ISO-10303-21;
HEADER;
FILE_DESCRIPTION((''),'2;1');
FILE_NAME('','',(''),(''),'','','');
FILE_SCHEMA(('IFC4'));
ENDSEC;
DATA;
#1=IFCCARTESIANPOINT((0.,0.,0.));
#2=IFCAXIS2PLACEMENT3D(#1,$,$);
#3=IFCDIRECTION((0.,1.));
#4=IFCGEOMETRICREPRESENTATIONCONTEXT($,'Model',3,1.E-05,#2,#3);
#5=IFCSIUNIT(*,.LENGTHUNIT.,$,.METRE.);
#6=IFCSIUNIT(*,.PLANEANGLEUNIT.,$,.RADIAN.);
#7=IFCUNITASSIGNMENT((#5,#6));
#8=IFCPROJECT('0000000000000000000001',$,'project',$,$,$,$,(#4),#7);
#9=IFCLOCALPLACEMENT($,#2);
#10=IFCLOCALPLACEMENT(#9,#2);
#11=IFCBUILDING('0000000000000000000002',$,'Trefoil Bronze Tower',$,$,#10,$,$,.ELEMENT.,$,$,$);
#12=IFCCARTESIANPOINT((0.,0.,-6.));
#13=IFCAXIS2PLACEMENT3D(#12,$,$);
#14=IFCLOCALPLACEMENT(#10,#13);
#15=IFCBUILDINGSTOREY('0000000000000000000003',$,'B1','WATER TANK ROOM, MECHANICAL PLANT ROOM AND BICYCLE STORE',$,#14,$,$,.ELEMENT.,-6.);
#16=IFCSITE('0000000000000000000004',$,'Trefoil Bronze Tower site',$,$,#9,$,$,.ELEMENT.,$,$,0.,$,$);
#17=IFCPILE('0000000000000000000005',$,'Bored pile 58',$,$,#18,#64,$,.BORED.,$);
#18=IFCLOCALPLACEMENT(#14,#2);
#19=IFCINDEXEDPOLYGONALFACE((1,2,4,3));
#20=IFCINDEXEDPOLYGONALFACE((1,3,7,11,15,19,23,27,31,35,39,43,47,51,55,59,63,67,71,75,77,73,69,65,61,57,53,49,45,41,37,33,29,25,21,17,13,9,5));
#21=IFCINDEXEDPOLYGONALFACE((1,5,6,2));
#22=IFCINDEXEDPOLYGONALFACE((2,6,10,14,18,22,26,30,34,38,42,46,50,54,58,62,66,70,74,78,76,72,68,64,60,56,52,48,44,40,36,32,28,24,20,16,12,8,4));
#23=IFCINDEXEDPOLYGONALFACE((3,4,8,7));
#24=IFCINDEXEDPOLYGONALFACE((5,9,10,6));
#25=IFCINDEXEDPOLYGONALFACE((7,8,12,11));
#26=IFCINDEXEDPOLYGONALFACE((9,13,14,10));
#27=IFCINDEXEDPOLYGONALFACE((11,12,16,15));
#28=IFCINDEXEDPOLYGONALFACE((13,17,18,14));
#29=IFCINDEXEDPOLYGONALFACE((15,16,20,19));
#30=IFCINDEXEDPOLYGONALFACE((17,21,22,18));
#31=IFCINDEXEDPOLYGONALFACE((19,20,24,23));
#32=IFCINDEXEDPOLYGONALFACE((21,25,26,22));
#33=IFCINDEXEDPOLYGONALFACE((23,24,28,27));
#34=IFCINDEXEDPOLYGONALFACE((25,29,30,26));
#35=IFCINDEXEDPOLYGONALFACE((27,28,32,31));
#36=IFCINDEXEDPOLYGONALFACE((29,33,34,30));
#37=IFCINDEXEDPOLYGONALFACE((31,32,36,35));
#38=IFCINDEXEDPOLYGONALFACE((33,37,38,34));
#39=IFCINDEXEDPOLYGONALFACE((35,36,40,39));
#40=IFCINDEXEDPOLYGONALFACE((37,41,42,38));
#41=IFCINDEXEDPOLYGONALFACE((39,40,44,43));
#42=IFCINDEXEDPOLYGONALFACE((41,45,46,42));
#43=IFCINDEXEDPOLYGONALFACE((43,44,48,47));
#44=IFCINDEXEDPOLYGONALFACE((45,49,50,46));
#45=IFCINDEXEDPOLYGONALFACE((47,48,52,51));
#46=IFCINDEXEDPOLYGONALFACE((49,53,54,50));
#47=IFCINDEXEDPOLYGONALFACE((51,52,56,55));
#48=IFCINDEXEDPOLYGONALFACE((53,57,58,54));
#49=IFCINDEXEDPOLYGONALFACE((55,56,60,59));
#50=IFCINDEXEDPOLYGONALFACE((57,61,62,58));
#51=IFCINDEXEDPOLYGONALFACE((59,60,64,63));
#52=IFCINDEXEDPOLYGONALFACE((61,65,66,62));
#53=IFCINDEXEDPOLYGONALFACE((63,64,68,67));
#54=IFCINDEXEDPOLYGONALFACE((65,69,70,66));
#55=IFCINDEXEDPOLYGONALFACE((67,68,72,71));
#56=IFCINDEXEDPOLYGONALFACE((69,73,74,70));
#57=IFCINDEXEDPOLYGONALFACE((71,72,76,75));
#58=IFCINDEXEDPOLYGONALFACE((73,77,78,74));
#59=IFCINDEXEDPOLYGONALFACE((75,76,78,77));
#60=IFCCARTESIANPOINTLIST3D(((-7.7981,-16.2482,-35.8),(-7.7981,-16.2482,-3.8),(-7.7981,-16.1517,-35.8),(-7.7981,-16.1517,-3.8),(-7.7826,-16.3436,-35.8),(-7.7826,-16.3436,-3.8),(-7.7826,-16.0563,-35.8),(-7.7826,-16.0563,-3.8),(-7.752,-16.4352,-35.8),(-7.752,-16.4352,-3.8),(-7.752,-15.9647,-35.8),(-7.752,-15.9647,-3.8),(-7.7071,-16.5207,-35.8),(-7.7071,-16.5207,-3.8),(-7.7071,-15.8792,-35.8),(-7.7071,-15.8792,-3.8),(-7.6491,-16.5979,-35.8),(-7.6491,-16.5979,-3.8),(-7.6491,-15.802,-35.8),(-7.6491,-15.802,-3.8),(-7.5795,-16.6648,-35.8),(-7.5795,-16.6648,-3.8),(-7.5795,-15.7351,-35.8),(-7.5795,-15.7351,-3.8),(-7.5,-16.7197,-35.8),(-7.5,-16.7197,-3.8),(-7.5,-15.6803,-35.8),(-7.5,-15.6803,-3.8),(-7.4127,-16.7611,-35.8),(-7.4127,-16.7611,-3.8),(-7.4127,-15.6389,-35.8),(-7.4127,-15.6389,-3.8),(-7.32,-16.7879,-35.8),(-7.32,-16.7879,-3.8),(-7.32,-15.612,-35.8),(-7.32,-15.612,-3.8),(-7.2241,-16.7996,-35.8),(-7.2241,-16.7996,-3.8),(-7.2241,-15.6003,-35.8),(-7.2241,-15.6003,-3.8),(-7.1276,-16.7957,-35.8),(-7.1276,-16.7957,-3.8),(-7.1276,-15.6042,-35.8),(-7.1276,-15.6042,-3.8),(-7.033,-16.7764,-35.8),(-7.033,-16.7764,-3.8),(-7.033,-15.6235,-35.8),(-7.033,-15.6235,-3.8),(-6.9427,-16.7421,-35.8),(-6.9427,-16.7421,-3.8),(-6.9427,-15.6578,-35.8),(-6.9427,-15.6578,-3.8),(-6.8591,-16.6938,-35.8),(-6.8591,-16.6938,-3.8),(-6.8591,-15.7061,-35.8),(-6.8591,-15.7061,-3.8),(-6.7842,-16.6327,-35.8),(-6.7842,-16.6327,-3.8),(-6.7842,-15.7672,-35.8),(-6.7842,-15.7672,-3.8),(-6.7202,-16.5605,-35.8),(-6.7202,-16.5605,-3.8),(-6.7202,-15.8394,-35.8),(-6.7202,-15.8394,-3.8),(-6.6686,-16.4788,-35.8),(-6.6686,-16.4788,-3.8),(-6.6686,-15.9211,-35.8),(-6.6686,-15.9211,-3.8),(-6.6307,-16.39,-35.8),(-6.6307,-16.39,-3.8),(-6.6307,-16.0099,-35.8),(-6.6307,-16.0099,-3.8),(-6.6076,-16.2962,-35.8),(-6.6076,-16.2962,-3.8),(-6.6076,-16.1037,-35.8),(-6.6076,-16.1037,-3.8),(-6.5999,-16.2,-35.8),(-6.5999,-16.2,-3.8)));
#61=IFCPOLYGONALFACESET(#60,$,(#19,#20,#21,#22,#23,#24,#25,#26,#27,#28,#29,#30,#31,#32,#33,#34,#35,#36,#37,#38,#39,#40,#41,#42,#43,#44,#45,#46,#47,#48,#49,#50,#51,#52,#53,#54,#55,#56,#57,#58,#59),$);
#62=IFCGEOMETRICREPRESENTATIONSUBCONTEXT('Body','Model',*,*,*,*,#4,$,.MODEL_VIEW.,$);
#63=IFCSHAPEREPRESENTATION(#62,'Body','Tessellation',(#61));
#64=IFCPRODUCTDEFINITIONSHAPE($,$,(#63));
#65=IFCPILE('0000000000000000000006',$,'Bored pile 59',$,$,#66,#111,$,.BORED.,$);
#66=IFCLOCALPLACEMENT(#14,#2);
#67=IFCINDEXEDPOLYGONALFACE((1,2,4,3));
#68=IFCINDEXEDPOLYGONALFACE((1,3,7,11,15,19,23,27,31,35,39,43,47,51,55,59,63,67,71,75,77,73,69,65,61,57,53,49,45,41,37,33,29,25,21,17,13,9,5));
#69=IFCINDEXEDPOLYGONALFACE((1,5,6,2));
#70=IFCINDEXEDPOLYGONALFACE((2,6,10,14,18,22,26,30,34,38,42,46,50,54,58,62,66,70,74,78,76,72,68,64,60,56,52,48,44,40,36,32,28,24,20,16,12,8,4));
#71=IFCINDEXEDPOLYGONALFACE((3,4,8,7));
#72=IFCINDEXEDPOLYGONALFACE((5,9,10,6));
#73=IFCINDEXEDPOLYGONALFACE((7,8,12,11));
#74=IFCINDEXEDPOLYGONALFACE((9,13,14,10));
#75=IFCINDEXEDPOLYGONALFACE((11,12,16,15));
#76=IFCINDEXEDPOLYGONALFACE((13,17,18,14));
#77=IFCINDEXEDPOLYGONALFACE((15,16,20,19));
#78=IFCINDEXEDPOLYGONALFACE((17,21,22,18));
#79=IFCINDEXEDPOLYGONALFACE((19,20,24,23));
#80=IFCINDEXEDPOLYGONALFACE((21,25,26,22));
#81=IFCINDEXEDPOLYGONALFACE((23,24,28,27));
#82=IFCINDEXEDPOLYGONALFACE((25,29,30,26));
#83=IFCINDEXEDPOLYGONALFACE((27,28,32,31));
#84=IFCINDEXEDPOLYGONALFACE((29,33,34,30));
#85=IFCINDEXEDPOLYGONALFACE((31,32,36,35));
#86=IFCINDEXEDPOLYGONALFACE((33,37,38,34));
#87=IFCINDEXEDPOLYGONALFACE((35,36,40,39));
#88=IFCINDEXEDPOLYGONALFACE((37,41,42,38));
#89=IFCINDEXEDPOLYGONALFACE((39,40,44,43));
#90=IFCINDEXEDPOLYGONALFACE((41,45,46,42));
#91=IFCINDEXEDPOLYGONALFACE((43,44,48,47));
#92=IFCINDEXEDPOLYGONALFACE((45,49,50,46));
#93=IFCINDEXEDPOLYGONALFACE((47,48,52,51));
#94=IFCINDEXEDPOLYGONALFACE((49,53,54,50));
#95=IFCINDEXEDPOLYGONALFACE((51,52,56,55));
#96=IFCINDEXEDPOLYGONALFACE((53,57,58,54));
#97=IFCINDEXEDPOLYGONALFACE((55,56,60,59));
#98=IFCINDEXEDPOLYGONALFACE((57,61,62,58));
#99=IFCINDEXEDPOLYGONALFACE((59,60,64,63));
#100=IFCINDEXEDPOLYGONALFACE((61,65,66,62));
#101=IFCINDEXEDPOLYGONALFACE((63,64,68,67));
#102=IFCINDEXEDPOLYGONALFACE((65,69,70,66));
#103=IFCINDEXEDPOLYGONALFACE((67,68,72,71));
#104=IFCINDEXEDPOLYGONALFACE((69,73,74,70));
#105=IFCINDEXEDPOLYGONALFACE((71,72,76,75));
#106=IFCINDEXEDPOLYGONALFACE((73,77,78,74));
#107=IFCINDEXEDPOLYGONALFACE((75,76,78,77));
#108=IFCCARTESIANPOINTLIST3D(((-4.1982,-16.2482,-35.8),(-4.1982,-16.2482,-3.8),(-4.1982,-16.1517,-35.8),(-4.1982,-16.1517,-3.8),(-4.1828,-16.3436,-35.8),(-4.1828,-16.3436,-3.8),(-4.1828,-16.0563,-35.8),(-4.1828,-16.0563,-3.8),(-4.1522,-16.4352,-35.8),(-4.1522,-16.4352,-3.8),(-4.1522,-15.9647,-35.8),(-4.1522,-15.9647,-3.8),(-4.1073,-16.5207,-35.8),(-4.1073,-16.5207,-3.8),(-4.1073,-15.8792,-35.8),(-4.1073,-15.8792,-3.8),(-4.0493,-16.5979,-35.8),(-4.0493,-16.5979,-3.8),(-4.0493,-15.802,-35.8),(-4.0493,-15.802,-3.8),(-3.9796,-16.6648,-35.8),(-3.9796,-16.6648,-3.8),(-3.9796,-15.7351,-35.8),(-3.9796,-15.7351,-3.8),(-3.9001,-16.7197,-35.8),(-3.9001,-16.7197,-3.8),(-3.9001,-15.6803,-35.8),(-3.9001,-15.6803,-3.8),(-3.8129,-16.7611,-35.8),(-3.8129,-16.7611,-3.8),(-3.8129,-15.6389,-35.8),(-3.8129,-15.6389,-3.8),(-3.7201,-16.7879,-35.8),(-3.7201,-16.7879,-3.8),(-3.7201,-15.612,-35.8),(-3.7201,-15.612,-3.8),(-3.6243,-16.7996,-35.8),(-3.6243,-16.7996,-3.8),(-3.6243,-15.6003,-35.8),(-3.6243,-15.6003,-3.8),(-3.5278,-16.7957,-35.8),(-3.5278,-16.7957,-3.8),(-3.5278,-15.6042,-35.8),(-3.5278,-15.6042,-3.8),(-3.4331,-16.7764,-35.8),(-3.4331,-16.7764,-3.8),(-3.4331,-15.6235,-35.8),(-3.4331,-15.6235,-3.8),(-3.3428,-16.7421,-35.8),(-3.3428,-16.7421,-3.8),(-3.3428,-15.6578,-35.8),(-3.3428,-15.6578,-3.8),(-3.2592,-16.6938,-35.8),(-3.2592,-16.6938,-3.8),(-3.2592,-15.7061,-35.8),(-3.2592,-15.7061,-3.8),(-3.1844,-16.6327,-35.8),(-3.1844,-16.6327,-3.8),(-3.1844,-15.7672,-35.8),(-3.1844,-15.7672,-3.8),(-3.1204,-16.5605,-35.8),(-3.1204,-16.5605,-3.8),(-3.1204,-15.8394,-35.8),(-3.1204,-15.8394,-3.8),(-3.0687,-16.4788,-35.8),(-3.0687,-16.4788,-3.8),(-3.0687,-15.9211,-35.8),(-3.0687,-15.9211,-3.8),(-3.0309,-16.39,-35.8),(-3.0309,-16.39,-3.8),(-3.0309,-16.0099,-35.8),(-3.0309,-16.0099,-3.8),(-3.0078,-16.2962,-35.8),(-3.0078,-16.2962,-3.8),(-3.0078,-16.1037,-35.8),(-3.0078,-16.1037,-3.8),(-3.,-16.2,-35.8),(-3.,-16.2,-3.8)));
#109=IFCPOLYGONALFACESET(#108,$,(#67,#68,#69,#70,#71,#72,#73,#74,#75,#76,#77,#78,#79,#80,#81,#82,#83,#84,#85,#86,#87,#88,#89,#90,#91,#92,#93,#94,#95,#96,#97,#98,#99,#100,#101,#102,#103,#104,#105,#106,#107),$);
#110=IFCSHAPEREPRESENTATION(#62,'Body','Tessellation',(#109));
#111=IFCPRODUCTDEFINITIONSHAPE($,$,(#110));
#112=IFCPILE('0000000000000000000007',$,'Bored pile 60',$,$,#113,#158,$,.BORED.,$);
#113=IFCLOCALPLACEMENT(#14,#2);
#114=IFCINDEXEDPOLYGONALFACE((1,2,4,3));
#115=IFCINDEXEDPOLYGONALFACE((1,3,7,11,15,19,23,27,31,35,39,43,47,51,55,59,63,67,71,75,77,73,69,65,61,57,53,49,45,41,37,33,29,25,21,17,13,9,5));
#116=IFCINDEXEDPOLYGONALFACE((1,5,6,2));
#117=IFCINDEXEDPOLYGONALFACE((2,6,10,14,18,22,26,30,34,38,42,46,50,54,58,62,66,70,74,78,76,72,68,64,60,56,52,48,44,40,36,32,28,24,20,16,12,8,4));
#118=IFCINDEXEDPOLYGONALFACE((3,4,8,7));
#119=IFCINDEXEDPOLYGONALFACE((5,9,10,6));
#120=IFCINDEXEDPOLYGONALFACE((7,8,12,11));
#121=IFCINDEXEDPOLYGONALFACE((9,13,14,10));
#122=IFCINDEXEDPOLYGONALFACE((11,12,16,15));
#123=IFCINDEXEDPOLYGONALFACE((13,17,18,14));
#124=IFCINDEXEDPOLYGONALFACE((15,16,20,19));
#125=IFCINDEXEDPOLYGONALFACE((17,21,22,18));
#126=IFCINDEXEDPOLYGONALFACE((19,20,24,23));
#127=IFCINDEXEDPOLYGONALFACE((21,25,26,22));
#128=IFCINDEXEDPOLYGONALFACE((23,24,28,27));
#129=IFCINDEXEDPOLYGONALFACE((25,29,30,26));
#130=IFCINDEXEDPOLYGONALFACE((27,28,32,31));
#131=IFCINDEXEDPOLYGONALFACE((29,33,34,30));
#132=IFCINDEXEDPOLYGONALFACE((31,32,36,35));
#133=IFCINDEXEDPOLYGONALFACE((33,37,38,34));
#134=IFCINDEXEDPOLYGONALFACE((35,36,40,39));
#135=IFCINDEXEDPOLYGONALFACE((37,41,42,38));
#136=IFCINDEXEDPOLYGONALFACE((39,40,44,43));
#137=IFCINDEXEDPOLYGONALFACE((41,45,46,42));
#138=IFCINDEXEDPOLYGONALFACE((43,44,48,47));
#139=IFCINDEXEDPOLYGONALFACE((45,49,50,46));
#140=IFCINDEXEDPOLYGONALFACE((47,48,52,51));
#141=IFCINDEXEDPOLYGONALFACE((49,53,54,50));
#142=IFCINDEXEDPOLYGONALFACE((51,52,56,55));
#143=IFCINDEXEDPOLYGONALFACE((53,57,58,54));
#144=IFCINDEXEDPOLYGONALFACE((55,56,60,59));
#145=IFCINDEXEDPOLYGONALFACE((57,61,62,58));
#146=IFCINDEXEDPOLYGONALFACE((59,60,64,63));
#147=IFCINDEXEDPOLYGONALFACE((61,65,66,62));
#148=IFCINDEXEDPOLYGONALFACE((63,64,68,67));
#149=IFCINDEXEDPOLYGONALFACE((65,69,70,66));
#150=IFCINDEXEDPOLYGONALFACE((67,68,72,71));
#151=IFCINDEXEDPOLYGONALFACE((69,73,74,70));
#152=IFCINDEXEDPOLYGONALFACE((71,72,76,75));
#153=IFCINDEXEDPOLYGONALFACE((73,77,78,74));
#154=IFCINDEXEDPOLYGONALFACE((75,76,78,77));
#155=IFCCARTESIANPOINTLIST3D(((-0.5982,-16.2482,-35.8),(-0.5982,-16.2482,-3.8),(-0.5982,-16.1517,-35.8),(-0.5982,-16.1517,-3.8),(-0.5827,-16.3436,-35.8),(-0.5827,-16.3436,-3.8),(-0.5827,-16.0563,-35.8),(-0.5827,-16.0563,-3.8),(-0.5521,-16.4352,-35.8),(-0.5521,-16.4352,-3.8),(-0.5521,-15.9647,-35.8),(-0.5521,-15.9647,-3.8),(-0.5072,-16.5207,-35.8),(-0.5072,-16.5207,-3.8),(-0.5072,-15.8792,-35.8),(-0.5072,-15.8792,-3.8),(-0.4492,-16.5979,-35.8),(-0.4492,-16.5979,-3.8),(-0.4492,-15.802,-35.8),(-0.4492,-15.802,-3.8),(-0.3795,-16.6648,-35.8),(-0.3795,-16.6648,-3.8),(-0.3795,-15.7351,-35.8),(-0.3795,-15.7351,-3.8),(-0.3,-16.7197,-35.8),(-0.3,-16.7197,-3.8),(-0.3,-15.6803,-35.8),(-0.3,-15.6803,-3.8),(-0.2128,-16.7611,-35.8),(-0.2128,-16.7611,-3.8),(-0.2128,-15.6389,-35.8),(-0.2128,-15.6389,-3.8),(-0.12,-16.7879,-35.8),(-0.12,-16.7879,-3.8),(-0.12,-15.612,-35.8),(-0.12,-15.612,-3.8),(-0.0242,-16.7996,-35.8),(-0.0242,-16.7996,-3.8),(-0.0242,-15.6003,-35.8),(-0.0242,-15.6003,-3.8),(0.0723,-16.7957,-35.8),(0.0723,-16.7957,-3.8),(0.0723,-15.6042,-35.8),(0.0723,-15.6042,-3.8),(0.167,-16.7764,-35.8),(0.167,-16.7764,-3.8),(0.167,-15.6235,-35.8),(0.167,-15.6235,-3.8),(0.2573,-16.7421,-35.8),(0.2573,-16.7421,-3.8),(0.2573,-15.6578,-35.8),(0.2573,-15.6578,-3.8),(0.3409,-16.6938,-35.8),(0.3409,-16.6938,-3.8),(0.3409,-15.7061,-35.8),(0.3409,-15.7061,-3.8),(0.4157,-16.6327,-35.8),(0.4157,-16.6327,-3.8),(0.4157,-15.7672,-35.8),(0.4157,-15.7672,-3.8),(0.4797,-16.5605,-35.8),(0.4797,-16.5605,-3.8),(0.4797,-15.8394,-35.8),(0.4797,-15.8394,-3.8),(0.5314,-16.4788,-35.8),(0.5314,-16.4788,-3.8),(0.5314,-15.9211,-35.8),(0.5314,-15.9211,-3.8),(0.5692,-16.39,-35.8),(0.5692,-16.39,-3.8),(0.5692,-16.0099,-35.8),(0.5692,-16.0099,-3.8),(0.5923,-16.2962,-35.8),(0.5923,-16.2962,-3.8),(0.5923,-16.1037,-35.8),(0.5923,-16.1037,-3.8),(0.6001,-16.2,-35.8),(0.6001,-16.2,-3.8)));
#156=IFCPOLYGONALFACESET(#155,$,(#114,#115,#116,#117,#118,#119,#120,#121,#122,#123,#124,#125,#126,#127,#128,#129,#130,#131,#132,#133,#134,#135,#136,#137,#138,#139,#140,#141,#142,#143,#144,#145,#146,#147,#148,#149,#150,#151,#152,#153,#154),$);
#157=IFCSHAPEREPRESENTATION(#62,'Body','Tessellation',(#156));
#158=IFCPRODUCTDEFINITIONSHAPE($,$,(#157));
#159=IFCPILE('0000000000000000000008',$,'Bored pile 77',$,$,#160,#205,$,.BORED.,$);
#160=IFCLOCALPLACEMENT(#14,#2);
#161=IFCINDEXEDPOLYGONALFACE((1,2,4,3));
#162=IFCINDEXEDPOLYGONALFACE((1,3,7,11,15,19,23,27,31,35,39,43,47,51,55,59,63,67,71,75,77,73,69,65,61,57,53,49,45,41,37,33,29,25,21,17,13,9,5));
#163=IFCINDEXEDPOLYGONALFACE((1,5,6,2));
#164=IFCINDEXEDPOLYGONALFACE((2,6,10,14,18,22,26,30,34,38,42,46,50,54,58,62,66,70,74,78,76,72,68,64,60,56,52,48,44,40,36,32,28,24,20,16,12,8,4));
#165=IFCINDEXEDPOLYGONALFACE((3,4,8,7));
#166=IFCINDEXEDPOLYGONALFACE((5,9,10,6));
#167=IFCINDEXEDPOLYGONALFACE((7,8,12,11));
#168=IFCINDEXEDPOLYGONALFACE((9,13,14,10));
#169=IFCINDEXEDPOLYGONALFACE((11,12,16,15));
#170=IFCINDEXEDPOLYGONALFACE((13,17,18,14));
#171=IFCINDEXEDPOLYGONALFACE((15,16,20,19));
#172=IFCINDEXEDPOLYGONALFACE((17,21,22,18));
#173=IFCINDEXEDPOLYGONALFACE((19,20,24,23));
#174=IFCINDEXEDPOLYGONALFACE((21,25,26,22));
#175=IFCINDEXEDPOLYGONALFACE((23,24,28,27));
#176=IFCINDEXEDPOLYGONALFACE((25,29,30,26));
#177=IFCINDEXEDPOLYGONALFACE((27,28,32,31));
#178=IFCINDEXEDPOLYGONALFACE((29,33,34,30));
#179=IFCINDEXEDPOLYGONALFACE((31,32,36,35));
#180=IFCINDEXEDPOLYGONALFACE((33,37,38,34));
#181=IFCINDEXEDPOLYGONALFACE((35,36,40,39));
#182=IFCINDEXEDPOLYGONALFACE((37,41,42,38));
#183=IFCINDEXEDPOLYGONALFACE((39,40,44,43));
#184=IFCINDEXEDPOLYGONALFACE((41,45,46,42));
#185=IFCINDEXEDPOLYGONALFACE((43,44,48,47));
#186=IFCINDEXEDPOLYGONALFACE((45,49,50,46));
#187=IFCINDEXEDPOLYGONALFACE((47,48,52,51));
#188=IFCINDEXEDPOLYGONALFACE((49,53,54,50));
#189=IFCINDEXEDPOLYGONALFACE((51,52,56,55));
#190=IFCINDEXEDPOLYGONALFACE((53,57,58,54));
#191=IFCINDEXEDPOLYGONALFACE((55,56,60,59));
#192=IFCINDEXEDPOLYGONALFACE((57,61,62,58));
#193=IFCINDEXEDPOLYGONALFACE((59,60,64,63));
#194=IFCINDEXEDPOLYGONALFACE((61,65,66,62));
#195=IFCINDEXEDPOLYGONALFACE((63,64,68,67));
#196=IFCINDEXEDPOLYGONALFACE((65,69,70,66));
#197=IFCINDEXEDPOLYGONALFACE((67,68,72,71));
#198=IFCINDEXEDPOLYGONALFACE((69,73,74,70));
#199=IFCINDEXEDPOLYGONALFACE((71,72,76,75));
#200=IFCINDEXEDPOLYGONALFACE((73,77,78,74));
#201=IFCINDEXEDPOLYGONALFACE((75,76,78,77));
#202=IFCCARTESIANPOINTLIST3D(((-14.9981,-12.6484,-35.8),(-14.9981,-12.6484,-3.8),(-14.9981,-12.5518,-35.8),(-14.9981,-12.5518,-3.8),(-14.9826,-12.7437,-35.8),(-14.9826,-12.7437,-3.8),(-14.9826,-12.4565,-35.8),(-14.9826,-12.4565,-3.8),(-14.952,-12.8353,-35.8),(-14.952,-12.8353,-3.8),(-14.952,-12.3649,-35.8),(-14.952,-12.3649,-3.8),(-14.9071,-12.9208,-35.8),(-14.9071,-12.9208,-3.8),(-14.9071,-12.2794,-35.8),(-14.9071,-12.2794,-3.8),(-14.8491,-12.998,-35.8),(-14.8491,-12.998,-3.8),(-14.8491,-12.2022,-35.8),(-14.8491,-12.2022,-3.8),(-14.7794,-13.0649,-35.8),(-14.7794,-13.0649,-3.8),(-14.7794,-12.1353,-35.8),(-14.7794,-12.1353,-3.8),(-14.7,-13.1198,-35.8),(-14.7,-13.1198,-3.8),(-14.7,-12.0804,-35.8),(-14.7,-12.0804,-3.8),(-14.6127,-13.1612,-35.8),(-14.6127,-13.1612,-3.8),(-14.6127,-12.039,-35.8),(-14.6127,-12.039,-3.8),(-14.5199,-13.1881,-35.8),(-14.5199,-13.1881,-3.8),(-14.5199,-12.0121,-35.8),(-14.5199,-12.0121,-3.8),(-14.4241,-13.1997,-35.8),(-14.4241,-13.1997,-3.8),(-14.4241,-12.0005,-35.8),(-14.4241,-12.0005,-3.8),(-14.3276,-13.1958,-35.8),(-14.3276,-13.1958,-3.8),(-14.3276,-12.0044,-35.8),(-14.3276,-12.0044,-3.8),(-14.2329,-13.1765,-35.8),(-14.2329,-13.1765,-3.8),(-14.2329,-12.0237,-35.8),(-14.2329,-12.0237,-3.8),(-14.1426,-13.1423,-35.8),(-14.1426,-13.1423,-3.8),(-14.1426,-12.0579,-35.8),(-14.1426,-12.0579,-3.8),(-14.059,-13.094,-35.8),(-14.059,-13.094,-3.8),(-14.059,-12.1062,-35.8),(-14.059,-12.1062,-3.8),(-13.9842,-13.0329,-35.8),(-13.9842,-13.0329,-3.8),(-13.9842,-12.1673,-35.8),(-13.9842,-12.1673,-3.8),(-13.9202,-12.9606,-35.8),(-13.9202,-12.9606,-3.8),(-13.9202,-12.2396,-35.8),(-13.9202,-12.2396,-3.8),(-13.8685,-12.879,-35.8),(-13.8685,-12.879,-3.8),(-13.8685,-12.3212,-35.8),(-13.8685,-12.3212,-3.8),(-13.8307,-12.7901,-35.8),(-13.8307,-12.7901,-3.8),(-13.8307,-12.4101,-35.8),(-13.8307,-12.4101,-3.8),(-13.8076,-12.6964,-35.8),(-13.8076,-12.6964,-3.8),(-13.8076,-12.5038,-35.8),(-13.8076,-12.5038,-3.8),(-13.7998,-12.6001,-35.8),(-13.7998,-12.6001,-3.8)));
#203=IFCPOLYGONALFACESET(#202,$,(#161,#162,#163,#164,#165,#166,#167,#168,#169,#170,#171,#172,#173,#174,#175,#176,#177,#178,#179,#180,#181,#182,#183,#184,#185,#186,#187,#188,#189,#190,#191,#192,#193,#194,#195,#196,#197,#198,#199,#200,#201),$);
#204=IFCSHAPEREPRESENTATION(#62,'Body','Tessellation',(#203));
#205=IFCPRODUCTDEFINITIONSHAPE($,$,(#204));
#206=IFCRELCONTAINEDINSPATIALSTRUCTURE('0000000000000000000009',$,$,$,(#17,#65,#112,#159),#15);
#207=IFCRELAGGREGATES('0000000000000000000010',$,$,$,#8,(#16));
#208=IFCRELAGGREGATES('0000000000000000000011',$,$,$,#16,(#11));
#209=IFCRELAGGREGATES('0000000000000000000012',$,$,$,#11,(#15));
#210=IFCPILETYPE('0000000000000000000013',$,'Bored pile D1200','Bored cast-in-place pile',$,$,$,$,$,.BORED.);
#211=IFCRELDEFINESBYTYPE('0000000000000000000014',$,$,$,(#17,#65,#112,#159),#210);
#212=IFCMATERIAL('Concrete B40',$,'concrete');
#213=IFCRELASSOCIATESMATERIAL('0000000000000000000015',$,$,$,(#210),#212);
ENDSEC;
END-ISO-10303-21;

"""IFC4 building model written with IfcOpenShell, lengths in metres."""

from ifc_helpers import new_model, si_unit, direction, frame, origin, origin_2d, place, context, subcontext, project, spatial, circle, extrude, material, type_object, element, save


model = new_model("IFC4")

# Units and contexts
model_context = context("Model", 3, precision=1e-05, world=origin(), true_north=direction((0.0, 1.0)))
body_context = subcontext(model_context, "Body", "Model", "MODEL_VIEW")
ifc_project = project(units=[si_unit("LENGTHUNIT", "METRE"), si_unit("PLANEANGLEUNIT", "RADIAN")], contexts=[model_context])

# Site, building, storey
site_placement = place(None, origin())
site = spatial("IfcSite", under=ifc_project, at=site_placement, Name="Trefoil Bronze Tower site", CompositionType="ELEMENT", RefElevation=0.0)
building_placement = place(site_placement, origin())
building = spatial("IfcBuilding", under=site, at=building_placement, Name="Trefoil Bronze Tower", CompositionType="ELEMENT")
storey_placement = place(building_placement, frame((0.0, 0.0, -6.0)))
storey = spatial("IfcBuildingStorey", under=building, at=storey_placement, Name="B1", Description="WATER TANK ROOM, MECHANICAL PLANT ROOM AND BICYCLE STORE", CompositionType="ELEMENT", Elevation=-6.0)

# Piles
ifc_material_1 = material(Name="Concrete B40", Category="concrete")
pile_type = type_object("IfcPileType", Name="Bored pile D1200", Description="Bored cast-in-place pile", PredefinedType="BORED", material=ifc_material_1)
for number, where, z_axis, x_axis, name in (
    (1, (-7.2, -16.2, -3.8), (0.0, 0.0, -1.0), (1.0, 0.0, 0.0), "Bored pile 58"),
    (2, (-3.6001, -16.2, -3.8), (0.0, 0.0, -1.0), (1.0, 0.0, 0.0), "Bored pile 59"),
    (3, (0.0, -16.2, -3.8), (0.0, 0.0, -1.0), (1.0, 0.0, 0.0), "Bored pile 60"),
    (4, (-14.3999, -12.6001, -3.8), (0.0, 0.0, -1.0), (1.0, 0.0, 0.0), "Bored pile 77"),
):
    element("IfcPile", number, at=place(storey_placement, frame(where, z_axis=z_axis, x_axis=x_axis)), inside=storey, type_object=pile_type, Name=name, PredefinedType="BORED", context=body_context, shape_type="SweptSolid", body=[
        extrude(circle(Radius=0.6001, at=origin_2d()), origin(), (0.0, 0.0, 1.0), 32.0),
    ])

save(model, "model.ifc")
